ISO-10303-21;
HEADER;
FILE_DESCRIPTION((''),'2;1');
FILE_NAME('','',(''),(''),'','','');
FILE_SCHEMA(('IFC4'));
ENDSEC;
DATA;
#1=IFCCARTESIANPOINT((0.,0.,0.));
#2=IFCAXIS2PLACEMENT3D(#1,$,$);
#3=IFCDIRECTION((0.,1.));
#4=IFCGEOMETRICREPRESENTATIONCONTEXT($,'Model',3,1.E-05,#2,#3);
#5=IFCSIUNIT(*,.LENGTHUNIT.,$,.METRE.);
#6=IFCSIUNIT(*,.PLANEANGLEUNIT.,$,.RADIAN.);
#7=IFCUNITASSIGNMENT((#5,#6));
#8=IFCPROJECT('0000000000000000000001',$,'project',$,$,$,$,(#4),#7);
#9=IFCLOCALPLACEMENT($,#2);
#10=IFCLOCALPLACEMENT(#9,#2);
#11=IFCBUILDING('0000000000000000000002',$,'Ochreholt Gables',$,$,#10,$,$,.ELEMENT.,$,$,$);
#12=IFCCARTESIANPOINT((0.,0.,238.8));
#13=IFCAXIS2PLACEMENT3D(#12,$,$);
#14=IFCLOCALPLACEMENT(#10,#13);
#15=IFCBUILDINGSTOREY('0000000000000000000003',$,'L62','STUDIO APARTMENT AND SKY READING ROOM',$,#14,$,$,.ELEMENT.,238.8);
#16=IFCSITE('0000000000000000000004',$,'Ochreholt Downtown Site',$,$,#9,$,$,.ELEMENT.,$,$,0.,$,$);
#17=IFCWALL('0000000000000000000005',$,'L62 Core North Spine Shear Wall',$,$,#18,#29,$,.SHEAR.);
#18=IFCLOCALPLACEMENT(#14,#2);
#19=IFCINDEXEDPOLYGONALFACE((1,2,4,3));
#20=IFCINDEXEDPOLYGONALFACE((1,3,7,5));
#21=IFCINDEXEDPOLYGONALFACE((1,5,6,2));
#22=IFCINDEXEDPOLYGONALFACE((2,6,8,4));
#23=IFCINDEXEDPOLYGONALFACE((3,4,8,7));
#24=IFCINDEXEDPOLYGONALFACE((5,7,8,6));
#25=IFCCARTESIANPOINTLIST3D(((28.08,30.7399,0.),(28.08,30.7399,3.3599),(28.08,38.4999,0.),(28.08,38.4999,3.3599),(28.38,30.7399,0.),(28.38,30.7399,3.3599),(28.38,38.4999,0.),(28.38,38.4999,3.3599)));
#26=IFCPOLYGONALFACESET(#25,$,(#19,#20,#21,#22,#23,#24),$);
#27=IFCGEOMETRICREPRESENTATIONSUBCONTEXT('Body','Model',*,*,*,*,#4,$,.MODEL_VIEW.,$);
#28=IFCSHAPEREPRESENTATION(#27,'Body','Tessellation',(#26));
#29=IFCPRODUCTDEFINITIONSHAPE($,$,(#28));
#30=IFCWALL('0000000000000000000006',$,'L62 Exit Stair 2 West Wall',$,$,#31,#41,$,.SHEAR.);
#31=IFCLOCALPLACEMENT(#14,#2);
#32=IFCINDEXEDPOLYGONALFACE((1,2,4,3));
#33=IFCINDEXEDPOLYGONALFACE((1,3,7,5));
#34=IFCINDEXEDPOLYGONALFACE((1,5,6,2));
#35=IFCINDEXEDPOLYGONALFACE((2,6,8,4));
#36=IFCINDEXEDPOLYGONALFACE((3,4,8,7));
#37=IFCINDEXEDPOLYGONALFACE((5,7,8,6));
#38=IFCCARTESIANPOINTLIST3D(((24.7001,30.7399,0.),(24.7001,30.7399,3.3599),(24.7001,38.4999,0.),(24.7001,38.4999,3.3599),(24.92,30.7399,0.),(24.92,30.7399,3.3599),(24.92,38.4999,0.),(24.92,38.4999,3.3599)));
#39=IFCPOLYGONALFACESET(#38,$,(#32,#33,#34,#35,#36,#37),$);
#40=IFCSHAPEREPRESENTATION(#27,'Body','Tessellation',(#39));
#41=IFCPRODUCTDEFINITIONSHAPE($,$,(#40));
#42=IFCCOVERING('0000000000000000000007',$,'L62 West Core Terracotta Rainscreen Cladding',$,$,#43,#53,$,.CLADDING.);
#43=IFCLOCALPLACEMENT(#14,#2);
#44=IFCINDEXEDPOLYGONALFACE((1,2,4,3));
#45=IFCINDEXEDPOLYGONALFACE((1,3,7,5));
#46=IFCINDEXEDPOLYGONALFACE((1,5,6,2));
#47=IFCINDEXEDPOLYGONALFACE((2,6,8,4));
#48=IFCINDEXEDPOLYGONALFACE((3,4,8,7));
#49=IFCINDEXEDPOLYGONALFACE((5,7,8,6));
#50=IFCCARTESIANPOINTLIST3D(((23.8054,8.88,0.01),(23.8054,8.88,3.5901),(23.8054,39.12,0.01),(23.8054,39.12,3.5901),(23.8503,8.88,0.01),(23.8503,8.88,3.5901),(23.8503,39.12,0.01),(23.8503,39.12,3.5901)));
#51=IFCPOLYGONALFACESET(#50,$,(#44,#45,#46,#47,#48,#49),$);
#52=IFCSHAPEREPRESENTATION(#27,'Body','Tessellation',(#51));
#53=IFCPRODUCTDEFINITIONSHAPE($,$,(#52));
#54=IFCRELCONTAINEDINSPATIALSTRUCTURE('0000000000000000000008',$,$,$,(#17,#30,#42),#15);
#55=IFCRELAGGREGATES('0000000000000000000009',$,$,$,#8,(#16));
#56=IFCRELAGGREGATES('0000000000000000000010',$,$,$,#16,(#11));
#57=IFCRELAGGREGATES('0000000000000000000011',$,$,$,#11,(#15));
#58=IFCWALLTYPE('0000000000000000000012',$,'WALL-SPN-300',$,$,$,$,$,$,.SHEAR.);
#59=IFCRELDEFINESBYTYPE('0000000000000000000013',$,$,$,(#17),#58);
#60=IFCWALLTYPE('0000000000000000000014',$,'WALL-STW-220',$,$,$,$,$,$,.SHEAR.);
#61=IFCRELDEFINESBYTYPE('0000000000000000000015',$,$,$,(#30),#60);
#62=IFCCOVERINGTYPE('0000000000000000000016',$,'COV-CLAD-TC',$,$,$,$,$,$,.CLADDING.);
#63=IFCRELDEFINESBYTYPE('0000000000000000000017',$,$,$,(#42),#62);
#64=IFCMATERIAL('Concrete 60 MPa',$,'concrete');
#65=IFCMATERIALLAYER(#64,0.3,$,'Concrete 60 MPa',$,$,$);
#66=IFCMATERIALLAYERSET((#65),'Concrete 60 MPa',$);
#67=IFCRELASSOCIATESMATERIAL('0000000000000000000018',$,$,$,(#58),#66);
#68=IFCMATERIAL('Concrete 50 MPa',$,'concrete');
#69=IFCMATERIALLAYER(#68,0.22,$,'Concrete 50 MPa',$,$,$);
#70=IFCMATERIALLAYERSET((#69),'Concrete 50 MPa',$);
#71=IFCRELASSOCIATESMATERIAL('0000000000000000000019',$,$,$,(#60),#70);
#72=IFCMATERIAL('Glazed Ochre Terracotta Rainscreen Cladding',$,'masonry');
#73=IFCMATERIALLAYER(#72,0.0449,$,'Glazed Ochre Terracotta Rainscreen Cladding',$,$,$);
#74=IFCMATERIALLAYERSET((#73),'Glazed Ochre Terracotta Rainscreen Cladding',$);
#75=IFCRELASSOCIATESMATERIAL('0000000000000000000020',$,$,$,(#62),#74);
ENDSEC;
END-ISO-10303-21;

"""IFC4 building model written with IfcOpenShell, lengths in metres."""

from ifc_helpers import new_model, si_unit, direction, frame, frame_2d, origin, origin_2d, place, context, subcontext, project, spatial, rectangle, extrude, material, layer, layer_set, type_object, element, save


model = new_model("IFC4")

# Units and contexts
model_context = context("Model", 3, precision=1e-05, world=origin(), true_north=direction((0.0, 1.0)))
body_context = subcontext(model_context, "Body", "Model", "MODEL_VIEW")
ifc_project = project(units=[si_unit("LENGTHUNIT", "METRE"), si_unit("PLANEANGLEUNIT", "RADIAN")], contexts=[model_context])

# Site, building, storey
site_placement = place(None, origin())
site = spatial("IfcSite", under=ifc_project, at=site_placement, Name="Ochreholt Downtown Site", CompositionType="ELEMENT", RefElevation=0.0)
building_placement = place(site_placement, origin())
building = spatial("IfcBuilding", under=site, at=building_placement, Name="Ochreholt Gables", CompositionType="ELEMENT")
storey_placement = place(building_placement, frame((0.0, 0.0, 238.8)))
storey = spatial("IfcBuildingStorey", under=building, at=storey_placement, Name="L62", Description="STUDIO APARTMENT AND SKY READING ROOM", CompositionType="ELEMENT", Elevation=238.8)

# Shared definitions
ifc_material_1 = material(Name="Concrete 50 MPa", Category="concrete")

# Walls
ifc_material_2 = material(Name="Concrete 60 MPa", Category="concrete")
ifc_layer_1 = layer(ifc_material_2, 0.3, Name="Concrete 60 MPa")
ifc_layer_set_1 = layer_set([ifc_layer_1], Name="Concrete 60 MPa")
wall_type_1 = type_object("IfcWallType", Name="WALL-SPN-300", PredefinedType="SHEAR", material=ifc_layer_set_1)
wall_1_placement = place(storey_placement, frame((28.23, 30.74, 0.0), z_axis=(0.0, 0.0, 1.0), x_axis=(0.0, 1.0, 0.0)))
element("IfcWall", 1, at=wall_1_placement, inside=storey, type_object=wall_type_1, Name="L62 Core North Spine Shear Wall", PredefinedType="SHEAR", context=body_context, shape_type="SweptSolid", body=[
    extrude(rectangle(XDim=7.76, YDim=0.3, at=frame_2d((3.8799, 0.0))), origin(), (0.0, 0.0, 1.0), 3.3599),
])
ifc_layer_2 = layer(ifc_material_1, 0.22, Name="Concrete 50 MPa")
ifc_layer_set_2 = layer_set([ifc_layer_2], Name="Concrete 50 MPa")
wall_type_2 = type_object("IfcWallType", Name="WALL-STW-220", PredefinedType="SHEAR", material=ifc_layer_set_2)
wall_2_placement = place(storey_placement, frame((24.8101, 30.74, 0.0), z_axis=(0.0, 0.0, 1.0), x_axis=(0.0, 1.0, 0.0)))
element("IfcWall", 2, at=wall_2_placement, inside=storey, type_object=wall_type_2, Name="L62 Exit Stair 2 West Wall", PredefinedType="SHEAR", context=body_context, shape_type="SweptSolid", body=[
    extrude(rectangle(XDim=7.76, YDim=0.22, at=frame_2d((3.8799, 0.0))), origin(), (0.0, 0.0, 1.0), 3.3599),
])

# Covering
ifc_material_3 = material(Name="Glazed Ochre Terracotta Rainscreen Cladding", Category="masonry")
ifc_layer_3 = layer(ifc_material_3, 0.0449, Name="Glazed Ochre Terracotta Rainscreen Cladding")
ifc_layer_set_3 = layer_set([ifc_layer_3], Name="Glazed Ochre Terracotta Rainscreen Cladding")
covering_type = type_object("IfcCoveringType", Name="COV-CLAD-TC", PredefinedType="CLADDING", material=ifc_layer_set_3)
covering_placement = place(storey_placement, frame((23.8279, 24.0, 0.01), z_axis=(0.0, 0.0, 1.0), x_axis=(0.0, 1.0, 0.0)))
element("IfcCovering", 3, at=covering_placement, inside=storey, type_object=covering_type, Name="L62 West Core Terracotta Rainscreen Cladding", PredefinedType="CLADDING", context=body_context, shape_type="SweptSolid", body=[
    extrude(rectangle(XDim=30.24, YDim=0.0449, at=origin_2d()), origin(), (0.0, 0.0, 1.0), 3.5801),
])

save(model, "model.ifc")
